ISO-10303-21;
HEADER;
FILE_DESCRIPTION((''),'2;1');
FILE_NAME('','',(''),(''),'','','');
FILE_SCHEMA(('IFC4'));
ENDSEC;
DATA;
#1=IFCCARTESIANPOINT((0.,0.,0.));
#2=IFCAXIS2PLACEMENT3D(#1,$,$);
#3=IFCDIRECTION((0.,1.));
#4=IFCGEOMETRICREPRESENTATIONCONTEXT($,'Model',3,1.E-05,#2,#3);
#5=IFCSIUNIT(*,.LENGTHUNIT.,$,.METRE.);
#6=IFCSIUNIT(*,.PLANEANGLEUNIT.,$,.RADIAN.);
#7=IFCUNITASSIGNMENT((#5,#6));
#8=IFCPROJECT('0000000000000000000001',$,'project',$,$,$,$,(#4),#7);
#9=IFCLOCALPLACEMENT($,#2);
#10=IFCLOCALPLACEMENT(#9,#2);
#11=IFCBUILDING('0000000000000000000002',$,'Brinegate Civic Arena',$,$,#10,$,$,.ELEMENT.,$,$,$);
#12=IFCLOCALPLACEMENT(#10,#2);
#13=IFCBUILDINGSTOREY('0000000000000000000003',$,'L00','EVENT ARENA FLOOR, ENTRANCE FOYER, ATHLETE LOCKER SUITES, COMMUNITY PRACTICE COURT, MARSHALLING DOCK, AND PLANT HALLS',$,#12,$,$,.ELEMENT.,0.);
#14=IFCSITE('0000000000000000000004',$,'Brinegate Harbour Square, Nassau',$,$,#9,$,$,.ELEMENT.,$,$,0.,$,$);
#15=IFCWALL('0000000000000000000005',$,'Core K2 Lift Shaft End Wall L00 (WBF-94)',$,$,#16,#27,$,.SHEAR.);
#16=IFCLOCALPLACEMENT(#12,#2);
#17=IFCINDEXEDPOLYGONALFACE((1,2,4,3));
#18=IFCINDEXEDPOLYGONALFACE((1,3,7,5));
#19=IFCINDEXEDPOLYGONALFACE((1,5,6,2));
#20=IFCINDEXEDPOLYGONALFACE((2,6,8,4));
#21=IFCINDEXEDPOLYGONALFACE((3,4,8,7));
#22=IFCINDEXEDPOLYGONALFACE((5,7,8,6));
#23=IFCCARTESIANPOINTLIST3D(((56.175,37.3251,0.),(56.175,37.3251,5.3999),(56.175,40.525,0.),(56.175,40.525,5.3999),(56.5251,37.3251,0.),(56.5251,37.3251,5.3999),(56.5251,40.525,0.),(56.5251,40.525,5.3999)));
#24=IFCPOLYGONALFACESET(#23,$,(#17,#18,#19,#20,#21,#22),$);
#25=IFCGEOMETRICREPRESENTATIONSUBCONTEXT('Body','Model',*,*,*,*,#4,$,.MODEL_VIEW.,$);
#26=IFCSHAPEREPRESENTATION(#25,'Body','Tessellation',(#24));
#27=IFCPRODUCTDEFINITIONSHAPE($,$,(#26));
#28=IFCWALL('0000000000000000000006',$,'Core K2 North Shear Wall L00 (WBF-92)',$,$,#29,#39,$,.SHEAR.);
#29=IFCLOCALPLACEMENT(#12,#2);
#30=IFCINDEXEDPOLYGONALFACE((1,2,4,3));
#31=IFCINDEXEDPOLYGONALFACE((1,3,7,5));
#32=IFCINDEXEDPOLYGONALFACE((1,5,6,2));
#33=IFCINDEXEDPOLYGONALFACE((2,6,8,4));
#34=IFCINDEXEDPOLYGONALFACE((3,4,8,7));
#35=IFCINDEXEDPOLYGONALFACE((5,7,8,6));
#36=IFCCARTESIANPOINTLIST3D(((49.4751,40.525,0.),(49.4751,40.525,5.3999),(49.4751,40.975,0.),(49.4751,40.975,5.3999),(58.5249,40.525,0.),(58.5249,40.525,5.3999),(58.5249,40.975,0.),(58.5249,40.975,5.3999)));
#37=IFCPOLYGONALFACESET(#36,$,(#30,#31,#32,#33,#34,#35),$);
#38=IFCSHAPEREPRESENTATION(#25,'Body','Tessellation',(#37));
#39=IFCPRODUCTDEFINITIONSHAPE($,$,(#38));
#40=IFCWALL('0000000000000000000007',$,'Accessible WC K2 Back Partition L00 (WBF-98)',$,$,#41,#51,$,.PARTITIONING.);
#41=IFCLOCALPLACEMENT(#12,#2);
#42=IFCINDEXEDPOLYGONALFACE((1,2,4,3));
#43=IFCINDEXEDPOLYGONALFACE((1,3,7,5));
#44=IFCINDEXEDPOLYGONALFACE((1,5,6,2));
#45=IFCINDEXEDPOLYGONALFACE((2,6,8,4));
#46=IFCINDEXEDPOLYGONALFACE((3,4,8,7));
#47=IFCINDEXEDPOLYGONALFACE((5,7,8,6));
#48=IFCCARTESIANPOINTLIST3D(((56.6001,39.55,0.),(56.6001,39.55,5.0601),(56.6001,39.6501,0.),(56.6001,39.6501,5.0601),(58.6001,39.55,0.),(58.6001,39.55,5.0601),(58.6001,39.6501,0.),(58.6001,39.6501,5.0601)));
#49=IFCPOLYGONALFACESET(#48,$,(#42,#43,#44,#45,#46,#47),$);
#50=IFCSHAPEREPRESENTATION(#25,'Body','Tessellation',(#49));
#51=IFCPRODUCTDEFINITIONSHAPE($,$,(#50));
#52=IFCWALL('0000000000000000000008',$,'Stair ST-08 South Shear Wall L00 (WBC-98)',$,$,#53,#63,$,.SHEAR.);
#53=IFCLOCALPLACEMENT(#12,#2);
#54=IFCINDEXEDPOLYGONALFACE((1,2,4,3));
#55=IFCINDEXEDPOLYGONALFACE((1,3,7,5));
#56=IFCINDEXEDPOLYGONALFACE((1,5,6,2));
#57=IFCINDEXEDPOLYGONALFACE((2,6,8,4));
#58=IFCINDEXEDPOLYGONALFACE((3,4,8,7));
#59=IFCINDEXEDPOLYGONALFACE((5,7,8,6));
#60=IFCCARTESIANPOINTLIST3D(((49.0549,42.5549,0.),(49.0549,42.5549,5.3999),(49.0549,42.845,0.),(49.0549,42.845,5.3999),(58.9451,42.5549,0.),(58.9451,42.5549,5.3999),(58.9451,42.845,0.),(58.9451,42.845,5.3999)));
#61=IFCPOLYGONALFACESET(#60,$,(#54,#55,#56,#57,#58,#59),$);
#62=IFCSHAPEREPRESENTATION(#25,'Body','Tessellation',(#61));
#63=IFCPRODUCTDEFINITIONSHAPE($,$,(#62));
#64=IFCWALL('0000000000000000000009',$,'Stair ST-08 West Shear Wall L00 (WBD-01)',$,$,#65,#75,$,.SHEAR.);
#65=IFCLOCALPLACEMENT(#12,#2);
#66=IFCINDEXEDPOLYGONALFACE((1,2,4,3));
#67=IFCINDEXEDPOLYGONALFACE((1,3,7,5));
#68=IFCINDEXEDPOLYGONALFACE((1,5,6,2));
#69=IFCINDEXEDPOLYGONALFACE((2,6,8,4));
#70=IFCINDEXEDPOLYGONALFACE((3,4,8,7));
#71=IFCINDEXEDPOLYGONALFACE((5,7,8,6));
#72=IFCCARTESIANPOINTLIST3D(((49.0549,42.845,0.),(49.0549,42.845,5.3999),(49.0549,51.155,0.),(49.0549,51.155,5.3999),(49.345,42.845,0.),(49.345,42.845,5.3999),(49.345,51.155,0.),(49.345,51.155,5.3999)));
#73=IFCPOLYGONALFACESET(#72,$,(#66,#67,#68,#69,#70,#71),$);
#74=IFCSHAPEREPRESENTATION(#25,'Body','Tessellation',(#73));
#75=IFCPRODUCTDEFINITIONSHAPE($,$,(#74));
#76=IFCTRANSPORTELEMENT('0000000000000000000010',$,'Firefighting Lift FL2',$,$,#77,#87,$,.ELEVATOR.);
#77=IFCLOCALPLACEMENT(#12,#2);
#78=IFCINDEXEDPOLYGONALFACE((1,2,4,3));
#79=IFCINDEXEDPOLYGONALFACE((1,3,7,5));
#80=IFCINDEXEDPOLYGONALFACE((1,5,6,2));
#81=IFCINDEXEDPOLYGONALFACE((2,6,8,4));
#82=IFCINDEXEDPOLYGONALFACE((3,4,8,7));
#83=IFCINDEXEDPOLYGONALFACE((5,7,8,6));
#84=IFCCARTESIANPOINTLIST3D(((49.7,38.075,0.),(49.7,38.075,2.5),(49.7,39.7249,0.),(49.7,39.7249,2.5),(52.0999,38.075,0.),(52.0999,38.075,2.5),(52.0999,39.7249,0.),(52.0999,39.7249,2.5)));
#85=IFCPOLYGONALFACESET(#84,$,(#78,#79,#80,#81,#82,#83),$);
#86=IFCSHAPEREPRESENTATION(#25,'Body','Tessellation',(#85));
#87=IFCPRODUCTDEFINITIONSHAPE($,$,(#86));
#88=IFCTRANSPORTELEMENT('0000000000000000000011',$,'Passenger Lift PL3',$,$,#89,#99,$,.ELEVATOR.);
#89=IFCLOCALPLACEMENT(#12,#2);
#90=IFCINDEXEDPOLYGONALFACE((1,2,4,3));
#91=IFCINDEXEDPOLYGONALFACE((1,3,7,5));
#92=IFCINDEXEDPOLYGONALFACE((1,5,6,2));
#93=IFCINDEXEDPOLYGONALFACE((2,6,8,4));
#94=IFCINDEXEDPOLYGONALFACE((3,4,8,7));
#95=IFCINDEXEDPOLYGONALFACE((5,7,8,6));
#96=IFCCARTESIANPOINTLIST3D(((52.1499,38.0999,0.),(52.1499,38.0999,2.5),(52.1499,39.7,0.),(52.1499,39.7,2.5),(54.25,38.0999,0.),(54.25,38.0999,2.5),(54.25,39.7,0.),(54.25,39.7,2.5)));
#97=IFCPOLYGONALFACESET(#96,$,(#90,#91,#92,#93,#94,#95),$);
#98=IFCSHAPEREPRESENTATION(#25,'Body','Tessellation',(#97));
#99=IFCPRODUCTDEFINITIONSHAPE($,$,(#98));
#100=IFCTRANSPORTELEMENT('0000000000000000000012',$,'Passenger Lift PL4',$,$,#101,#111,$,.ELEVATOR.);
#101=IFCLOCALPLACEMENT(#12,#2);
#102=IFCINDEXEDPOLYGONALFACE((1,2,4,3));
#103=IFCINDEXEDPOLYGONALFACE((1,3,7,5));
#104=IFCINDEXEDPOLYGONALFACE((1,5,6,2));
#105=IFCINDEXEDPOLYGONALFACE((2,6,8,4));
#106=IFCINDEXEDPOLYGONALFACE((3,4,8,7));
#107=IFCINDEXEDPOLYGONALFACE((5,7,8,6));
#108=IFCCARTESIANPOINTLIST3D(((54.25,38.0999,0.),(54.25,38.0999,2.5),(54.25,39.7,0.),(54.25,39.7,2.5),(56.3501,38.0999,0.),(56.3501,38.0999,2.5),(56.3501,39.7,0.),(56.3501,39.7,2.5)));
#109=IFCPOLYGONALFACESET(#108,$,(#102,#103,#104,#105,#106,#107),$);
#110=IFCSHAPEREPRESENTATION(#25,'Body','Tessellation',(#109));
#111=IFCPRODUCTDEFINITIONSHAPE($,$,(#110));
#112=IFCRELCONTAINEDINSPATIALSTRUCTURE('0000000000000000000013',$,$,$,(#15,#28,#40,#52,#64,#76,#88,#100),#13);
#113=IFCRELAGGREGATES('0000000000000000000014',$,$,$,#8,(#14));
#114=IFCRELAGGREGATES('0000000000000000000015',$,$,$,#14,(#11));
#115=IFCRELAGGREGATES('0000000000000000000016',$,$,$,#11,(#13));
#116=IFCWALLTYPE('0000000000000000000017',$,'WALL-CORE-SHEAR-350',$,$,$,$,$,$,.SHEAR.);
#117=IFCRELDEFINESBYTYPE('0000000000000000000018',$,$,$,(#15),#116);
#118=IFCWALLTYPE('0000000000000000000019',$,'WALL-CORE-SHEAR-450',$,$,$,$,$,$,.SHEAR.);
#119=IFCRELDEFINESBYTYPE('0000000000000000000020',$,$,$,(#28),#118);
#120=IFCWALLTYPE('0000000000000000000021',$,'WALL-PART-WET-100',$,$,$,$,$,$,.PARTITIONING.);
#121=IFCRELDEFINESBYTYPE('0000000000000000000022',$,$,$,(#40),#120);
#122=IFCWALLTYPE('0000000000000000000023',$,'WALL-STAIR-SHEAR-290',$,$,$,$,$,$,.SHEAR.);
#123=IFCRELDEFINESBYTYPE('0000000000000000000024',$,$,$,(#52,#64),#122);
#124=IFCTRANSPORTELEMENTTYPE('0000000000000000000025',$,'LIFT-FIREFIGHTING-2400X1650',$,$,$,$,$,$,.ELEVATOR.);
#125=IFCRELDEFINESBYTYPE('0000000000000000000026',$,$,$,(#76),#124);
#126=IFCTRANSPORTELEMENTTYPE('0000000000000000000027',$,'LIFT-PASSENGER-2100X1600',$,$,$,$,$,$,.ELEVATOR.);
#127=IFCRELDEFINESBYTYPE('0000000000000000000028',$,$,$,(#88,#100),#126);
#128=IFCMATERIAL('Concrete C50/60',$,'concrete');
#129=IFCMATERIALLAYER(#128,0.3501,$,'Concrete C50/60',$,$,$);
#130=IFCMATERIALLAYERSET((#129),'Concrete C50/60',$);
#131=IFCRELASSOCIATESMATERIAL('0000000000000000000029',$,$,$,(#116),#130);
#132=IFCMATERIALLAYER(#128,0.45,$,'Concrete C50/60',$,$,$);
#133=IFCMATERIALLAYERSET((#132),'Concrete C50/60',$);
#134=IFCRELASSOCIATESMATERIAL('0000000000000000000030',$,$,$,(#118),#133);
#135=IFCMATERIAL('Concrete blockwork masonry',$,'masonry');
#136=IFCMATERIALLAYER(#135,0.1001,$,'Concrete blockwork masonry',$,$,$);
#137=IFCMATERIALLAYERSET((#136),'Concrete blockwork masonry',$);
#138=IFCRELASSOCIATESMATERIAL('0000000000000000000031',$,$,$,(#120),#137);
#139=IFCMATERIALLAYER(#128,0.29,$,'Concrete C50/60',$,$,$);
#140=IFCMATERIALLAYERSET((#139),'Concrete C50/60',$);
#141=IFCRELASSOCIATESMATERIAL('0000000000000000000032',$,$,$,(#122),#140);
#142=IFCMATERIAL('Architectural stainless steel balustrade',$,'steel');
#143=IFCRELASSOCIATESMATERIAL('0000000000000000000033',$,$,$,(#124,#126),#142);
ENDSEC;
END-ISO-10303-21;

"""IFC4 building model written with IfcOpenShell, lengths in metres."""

from ifc_helpers import new_model, si_unit, direction, frame, frame_2d, origin, origin_2d, place, context, subcontext, project, spatial, rectangle, extrude, material, layer, layer_set, type_object, element, save


model = new_model("IFC4")

# Units and contexts
model_context = context("Model", 3, precision=1e-05, world=origin(), true_north=direction((0.0, 1.0)))
body_context = subcontext(model_context, "Body", "Model", "MODEL_VIEW")
ifc_project = project(units=[si_unit("LENGTHUNIT", "METRE"), si_unit("PLANEANGLEUNIT", "RADIAN")], contexts=[model_context])

# Site, building, storey
site_placement = place(None, origin())
site = spatial("IfcSite", under=ifc_project, at=site_placement, Name="Brinegate Harbour Square, Nassau", CompositionType="ELEMENT", RefElevation=0.0)
building_placement = place(site_placement, origin())
building = spatial("IfcBuilding", under=site, at=building_placement, Name="Brinegate Civic Arena", CompositionType="ELEMENT")
storey_placement = place(building_placement, origin())
storey = spatial("IfcBuildingStorey", under=building, at=storey_placement, Name="L00", Description="EVENT ARENA FLOOR, ENTRANCE FOYER, ATHLETE LOCKER SUITES, COMMUNITY PRACTICE COURT, MARSHALLING DOCK, AND PLANT HALLS", CompositionType="ELEMENT", Elevation=0.0)

# Shared definitions
ifc_material_1 = material(Name="Concrete C50/60", Category="concrete")

# Shared definitions
ifc_layer_1 = layer(ifc_material_1, 0.3501, Name="Concrete C50/60")
ifc_layer_set_1 = layer_set([ifc_layer_1], Name="Concrete C50/60")
wall_type_1 = type_object("IfcWallType", Name="WALL-CORE-SHEAR-350", PredefinedType="SHEAR", material=ifc_layer_set_1)
ifc_material_2 = material(Name="Architectural stainless steel balustrade", Category="steel")

# Walls
wall_1_placement = place(storey_placement, frame((56.3501, 37.325, 0.0), z_axis=(0.0, 0.0, 1.0), x_axis=(0.0, 1.0, 0.0)))
element("IfcWall", 1, at=wall_1_placement, inside=storey, type_object=wall_type_1, Name="Core K2 Lift Shaft End Wall L00 (WBF-94)", PredefinedType="SHEAR", context=body_context, shape_type="SweptSolid", body=[
    extrude(rectangle(XDim=3.2, YDim=0.3501, at=frame_2d((1.6001, 0.0))), origin(), (0.0, 0.0, 1.0), 5.3999),
])
ifc_layer_2 = layer(ifc_material_1, 0.45, Name="Concrete C50/60")
ifc_layer_set_2 = layer_set([ifc_layer_2], Name="Concrete C50/60")
wall_type_2 = type_object("IfcWallType", Name="WALL-CORE-SHEAR-450", PredefinedType="SHEAR", material=ifc_layer_set_2)
wall_2_placement = place(storey_placement, frame((49.4751, 40.75, 0.0), z_axis=(0.0, 0.0, 1.0), x_axis=(1.0, 0.0, 0.0)))
element("IfcWall", 2, at=wall_2_placement, inside=storey, type_object=wall_type_2, Name="Core K2 North Shear Wall L00 (WBF-92)", PredefinedType="SHEAR", context=body_context, shape_type="SweptSolid", body=[
    extrude(rectangle(XDim=9.0498, YDim=0.45, at=frame_2d((4.5249, 0.0))), origin(), (0.0, 0.0, 1.0), 5.3999),
])
ifc_material_3 = material(Name="Concrete blockwork masonry", Category="masonry")
ifc_layer_3 = layer(ifc_material_3, 0.1001, Name="Concrete blockwork masonry")
ifc_layer_set_3 = layer_set([ifc_layer_3], Name="Concrete blockwork masonry")
wall_type_3 = type_object("IfcWallType", Name="WALL-PART-WET-100", PredefinedType="PARTITIONING", material=ifc_layer_set_3)
wall_3_placement = place(storey_placement, frame((56.6001, 39.6001, 0.0), z_axis=(0.0, 0.0, 1.0), x_axis=(1.0, 0.0, 0.0)))
element("IfcWall", 3, at=wall_3_placement, inside=storey, type_object=wall_type_3, Name="Accessible WC K2 Back Partition L00 (WBF-98)", PredefinedType="PARTITIONING", context=body_context, shape_type="SweptSolid", body=[
    extrude(rectangle(XDim=2.0, YDim=0.1001, at=frame_2d((1.0, 0.0))), origin(), (0.0, 0.0, 1.0), 5.0601),
])
ifc_layer_4 = layer(ifc_material_1, 0.29, Name="Concrete C50/60")
ifc_layer_set_4 = layer_set([ifc_layer_4], Name="Concrete C50/60")
wall_type_4 = type_object("IfcWallType", Name="WALL-STAIR-SHEAR-290", PredefinedType="SHEAR", material=ifc_layer_set_4)
wall_4_placement = place(storey_placement, frame((49.0549, 42.7, 0.0), z_axis=(0.0, 0.0, 1.0), x_axis=(1.0, 0.0, 0.0)))
element("IfcWall", 4, at=wall_4_placement, inside=storey, type_object=wall_type_4, Name="Stair ST-08 South Shear Wall L00 (WBC-98)", PredefinedType="SHEAR", context=body_context, shape_type="SweptSolid", body=[
    extrude(rectangle(XDim=9.8901, YDim=0.29, at=frame_2d((4.9451, 0.0))), origin(), (0.0, 0.0, 1.0), 5.3999),
])
wall_5_placement = place(storey_placement, frame((49.2, 42.845, 0.0), z_axis=(0.0, 0.0, 1.0), x_axis=(0.0, 1.0, 0.0)))
element("IfcWall", 5, at=wall_5_placement, inside=storey, type_object=wall_type_4, Name="Stair ST-08 West Shear Wall L00 (WBD-01)", PredefinedType="SHEAR", context=body_context, shape_type="SweptSolid", body=[
    extrude(rectangle(XDim=8.3101, YDim=0.29, at=frame_2d((4.155, 0.0))), origin(), (0.0, 0.0, 1.0), 5.3999),
])

# Transport elements
transport_element_type_1 = type_object("IfcTransportElementType", Name="LIFT-FIREFIGHTING-2400X1650", PredefinedType="ELEVATOR", material=ifc_material_2)
transport_element_placement = place(storey_placement, frame((50.8999, 38.8999, 0.0), z_axis=(0.0, 0.0, 1.0), x_axis=(1.0, 0.0, 0.0)))
element("IfcTransportElement", 6, at=transport_element_placement, inside=storey, type_object=transport_element_type_1, Name="Firefighting Lift FL2", PredefinedType="ELEVATOR", context=body_context, shape_type="SweptSolid", body=[
    extrude(rectangle(XDim=2.3999, YDim=1.6499, at=origin_2d()), origin(), (0.0, 0.0, 1.0), 2.5),
])
transport_element_type_2 = type_object("IfcTransportElementType", Name="LIFT-PASSENGER-2100X1600", PredefinedType="ELEVATOR", material=ifc_material_2)
for number, where, z_axis, x_axis, name in (
    (7, (53.2, 38.8999, 0.0), (0.0, 0.0, 1.0), (1.0, 0.0, 0.0), "Passenger Lift PL3"),
    (8, (55.3, 38.8999, 0.0), (0.0, 0.0, 1.0), (1.0, 0.0, 0.0), "Passenger Lift PL4"),
):
    element("IfcTransportElement", number, at=place(storey_placement, frame(where, z_axis=z_axis, x_axis=x_axis)), inside=storey, type_object=transport_element_type_2, Name=name, PredefinedType="ELEVATOR", context=body_context, shape_type="SweptSolid", body=[
        extrude(rectangle(XDim=2.1001, YDim=1.6001, at=origin_2d()), origin(), (0.0, 0.0, 1.0), 2.5),
    ])

save(model, "model.ifc")
